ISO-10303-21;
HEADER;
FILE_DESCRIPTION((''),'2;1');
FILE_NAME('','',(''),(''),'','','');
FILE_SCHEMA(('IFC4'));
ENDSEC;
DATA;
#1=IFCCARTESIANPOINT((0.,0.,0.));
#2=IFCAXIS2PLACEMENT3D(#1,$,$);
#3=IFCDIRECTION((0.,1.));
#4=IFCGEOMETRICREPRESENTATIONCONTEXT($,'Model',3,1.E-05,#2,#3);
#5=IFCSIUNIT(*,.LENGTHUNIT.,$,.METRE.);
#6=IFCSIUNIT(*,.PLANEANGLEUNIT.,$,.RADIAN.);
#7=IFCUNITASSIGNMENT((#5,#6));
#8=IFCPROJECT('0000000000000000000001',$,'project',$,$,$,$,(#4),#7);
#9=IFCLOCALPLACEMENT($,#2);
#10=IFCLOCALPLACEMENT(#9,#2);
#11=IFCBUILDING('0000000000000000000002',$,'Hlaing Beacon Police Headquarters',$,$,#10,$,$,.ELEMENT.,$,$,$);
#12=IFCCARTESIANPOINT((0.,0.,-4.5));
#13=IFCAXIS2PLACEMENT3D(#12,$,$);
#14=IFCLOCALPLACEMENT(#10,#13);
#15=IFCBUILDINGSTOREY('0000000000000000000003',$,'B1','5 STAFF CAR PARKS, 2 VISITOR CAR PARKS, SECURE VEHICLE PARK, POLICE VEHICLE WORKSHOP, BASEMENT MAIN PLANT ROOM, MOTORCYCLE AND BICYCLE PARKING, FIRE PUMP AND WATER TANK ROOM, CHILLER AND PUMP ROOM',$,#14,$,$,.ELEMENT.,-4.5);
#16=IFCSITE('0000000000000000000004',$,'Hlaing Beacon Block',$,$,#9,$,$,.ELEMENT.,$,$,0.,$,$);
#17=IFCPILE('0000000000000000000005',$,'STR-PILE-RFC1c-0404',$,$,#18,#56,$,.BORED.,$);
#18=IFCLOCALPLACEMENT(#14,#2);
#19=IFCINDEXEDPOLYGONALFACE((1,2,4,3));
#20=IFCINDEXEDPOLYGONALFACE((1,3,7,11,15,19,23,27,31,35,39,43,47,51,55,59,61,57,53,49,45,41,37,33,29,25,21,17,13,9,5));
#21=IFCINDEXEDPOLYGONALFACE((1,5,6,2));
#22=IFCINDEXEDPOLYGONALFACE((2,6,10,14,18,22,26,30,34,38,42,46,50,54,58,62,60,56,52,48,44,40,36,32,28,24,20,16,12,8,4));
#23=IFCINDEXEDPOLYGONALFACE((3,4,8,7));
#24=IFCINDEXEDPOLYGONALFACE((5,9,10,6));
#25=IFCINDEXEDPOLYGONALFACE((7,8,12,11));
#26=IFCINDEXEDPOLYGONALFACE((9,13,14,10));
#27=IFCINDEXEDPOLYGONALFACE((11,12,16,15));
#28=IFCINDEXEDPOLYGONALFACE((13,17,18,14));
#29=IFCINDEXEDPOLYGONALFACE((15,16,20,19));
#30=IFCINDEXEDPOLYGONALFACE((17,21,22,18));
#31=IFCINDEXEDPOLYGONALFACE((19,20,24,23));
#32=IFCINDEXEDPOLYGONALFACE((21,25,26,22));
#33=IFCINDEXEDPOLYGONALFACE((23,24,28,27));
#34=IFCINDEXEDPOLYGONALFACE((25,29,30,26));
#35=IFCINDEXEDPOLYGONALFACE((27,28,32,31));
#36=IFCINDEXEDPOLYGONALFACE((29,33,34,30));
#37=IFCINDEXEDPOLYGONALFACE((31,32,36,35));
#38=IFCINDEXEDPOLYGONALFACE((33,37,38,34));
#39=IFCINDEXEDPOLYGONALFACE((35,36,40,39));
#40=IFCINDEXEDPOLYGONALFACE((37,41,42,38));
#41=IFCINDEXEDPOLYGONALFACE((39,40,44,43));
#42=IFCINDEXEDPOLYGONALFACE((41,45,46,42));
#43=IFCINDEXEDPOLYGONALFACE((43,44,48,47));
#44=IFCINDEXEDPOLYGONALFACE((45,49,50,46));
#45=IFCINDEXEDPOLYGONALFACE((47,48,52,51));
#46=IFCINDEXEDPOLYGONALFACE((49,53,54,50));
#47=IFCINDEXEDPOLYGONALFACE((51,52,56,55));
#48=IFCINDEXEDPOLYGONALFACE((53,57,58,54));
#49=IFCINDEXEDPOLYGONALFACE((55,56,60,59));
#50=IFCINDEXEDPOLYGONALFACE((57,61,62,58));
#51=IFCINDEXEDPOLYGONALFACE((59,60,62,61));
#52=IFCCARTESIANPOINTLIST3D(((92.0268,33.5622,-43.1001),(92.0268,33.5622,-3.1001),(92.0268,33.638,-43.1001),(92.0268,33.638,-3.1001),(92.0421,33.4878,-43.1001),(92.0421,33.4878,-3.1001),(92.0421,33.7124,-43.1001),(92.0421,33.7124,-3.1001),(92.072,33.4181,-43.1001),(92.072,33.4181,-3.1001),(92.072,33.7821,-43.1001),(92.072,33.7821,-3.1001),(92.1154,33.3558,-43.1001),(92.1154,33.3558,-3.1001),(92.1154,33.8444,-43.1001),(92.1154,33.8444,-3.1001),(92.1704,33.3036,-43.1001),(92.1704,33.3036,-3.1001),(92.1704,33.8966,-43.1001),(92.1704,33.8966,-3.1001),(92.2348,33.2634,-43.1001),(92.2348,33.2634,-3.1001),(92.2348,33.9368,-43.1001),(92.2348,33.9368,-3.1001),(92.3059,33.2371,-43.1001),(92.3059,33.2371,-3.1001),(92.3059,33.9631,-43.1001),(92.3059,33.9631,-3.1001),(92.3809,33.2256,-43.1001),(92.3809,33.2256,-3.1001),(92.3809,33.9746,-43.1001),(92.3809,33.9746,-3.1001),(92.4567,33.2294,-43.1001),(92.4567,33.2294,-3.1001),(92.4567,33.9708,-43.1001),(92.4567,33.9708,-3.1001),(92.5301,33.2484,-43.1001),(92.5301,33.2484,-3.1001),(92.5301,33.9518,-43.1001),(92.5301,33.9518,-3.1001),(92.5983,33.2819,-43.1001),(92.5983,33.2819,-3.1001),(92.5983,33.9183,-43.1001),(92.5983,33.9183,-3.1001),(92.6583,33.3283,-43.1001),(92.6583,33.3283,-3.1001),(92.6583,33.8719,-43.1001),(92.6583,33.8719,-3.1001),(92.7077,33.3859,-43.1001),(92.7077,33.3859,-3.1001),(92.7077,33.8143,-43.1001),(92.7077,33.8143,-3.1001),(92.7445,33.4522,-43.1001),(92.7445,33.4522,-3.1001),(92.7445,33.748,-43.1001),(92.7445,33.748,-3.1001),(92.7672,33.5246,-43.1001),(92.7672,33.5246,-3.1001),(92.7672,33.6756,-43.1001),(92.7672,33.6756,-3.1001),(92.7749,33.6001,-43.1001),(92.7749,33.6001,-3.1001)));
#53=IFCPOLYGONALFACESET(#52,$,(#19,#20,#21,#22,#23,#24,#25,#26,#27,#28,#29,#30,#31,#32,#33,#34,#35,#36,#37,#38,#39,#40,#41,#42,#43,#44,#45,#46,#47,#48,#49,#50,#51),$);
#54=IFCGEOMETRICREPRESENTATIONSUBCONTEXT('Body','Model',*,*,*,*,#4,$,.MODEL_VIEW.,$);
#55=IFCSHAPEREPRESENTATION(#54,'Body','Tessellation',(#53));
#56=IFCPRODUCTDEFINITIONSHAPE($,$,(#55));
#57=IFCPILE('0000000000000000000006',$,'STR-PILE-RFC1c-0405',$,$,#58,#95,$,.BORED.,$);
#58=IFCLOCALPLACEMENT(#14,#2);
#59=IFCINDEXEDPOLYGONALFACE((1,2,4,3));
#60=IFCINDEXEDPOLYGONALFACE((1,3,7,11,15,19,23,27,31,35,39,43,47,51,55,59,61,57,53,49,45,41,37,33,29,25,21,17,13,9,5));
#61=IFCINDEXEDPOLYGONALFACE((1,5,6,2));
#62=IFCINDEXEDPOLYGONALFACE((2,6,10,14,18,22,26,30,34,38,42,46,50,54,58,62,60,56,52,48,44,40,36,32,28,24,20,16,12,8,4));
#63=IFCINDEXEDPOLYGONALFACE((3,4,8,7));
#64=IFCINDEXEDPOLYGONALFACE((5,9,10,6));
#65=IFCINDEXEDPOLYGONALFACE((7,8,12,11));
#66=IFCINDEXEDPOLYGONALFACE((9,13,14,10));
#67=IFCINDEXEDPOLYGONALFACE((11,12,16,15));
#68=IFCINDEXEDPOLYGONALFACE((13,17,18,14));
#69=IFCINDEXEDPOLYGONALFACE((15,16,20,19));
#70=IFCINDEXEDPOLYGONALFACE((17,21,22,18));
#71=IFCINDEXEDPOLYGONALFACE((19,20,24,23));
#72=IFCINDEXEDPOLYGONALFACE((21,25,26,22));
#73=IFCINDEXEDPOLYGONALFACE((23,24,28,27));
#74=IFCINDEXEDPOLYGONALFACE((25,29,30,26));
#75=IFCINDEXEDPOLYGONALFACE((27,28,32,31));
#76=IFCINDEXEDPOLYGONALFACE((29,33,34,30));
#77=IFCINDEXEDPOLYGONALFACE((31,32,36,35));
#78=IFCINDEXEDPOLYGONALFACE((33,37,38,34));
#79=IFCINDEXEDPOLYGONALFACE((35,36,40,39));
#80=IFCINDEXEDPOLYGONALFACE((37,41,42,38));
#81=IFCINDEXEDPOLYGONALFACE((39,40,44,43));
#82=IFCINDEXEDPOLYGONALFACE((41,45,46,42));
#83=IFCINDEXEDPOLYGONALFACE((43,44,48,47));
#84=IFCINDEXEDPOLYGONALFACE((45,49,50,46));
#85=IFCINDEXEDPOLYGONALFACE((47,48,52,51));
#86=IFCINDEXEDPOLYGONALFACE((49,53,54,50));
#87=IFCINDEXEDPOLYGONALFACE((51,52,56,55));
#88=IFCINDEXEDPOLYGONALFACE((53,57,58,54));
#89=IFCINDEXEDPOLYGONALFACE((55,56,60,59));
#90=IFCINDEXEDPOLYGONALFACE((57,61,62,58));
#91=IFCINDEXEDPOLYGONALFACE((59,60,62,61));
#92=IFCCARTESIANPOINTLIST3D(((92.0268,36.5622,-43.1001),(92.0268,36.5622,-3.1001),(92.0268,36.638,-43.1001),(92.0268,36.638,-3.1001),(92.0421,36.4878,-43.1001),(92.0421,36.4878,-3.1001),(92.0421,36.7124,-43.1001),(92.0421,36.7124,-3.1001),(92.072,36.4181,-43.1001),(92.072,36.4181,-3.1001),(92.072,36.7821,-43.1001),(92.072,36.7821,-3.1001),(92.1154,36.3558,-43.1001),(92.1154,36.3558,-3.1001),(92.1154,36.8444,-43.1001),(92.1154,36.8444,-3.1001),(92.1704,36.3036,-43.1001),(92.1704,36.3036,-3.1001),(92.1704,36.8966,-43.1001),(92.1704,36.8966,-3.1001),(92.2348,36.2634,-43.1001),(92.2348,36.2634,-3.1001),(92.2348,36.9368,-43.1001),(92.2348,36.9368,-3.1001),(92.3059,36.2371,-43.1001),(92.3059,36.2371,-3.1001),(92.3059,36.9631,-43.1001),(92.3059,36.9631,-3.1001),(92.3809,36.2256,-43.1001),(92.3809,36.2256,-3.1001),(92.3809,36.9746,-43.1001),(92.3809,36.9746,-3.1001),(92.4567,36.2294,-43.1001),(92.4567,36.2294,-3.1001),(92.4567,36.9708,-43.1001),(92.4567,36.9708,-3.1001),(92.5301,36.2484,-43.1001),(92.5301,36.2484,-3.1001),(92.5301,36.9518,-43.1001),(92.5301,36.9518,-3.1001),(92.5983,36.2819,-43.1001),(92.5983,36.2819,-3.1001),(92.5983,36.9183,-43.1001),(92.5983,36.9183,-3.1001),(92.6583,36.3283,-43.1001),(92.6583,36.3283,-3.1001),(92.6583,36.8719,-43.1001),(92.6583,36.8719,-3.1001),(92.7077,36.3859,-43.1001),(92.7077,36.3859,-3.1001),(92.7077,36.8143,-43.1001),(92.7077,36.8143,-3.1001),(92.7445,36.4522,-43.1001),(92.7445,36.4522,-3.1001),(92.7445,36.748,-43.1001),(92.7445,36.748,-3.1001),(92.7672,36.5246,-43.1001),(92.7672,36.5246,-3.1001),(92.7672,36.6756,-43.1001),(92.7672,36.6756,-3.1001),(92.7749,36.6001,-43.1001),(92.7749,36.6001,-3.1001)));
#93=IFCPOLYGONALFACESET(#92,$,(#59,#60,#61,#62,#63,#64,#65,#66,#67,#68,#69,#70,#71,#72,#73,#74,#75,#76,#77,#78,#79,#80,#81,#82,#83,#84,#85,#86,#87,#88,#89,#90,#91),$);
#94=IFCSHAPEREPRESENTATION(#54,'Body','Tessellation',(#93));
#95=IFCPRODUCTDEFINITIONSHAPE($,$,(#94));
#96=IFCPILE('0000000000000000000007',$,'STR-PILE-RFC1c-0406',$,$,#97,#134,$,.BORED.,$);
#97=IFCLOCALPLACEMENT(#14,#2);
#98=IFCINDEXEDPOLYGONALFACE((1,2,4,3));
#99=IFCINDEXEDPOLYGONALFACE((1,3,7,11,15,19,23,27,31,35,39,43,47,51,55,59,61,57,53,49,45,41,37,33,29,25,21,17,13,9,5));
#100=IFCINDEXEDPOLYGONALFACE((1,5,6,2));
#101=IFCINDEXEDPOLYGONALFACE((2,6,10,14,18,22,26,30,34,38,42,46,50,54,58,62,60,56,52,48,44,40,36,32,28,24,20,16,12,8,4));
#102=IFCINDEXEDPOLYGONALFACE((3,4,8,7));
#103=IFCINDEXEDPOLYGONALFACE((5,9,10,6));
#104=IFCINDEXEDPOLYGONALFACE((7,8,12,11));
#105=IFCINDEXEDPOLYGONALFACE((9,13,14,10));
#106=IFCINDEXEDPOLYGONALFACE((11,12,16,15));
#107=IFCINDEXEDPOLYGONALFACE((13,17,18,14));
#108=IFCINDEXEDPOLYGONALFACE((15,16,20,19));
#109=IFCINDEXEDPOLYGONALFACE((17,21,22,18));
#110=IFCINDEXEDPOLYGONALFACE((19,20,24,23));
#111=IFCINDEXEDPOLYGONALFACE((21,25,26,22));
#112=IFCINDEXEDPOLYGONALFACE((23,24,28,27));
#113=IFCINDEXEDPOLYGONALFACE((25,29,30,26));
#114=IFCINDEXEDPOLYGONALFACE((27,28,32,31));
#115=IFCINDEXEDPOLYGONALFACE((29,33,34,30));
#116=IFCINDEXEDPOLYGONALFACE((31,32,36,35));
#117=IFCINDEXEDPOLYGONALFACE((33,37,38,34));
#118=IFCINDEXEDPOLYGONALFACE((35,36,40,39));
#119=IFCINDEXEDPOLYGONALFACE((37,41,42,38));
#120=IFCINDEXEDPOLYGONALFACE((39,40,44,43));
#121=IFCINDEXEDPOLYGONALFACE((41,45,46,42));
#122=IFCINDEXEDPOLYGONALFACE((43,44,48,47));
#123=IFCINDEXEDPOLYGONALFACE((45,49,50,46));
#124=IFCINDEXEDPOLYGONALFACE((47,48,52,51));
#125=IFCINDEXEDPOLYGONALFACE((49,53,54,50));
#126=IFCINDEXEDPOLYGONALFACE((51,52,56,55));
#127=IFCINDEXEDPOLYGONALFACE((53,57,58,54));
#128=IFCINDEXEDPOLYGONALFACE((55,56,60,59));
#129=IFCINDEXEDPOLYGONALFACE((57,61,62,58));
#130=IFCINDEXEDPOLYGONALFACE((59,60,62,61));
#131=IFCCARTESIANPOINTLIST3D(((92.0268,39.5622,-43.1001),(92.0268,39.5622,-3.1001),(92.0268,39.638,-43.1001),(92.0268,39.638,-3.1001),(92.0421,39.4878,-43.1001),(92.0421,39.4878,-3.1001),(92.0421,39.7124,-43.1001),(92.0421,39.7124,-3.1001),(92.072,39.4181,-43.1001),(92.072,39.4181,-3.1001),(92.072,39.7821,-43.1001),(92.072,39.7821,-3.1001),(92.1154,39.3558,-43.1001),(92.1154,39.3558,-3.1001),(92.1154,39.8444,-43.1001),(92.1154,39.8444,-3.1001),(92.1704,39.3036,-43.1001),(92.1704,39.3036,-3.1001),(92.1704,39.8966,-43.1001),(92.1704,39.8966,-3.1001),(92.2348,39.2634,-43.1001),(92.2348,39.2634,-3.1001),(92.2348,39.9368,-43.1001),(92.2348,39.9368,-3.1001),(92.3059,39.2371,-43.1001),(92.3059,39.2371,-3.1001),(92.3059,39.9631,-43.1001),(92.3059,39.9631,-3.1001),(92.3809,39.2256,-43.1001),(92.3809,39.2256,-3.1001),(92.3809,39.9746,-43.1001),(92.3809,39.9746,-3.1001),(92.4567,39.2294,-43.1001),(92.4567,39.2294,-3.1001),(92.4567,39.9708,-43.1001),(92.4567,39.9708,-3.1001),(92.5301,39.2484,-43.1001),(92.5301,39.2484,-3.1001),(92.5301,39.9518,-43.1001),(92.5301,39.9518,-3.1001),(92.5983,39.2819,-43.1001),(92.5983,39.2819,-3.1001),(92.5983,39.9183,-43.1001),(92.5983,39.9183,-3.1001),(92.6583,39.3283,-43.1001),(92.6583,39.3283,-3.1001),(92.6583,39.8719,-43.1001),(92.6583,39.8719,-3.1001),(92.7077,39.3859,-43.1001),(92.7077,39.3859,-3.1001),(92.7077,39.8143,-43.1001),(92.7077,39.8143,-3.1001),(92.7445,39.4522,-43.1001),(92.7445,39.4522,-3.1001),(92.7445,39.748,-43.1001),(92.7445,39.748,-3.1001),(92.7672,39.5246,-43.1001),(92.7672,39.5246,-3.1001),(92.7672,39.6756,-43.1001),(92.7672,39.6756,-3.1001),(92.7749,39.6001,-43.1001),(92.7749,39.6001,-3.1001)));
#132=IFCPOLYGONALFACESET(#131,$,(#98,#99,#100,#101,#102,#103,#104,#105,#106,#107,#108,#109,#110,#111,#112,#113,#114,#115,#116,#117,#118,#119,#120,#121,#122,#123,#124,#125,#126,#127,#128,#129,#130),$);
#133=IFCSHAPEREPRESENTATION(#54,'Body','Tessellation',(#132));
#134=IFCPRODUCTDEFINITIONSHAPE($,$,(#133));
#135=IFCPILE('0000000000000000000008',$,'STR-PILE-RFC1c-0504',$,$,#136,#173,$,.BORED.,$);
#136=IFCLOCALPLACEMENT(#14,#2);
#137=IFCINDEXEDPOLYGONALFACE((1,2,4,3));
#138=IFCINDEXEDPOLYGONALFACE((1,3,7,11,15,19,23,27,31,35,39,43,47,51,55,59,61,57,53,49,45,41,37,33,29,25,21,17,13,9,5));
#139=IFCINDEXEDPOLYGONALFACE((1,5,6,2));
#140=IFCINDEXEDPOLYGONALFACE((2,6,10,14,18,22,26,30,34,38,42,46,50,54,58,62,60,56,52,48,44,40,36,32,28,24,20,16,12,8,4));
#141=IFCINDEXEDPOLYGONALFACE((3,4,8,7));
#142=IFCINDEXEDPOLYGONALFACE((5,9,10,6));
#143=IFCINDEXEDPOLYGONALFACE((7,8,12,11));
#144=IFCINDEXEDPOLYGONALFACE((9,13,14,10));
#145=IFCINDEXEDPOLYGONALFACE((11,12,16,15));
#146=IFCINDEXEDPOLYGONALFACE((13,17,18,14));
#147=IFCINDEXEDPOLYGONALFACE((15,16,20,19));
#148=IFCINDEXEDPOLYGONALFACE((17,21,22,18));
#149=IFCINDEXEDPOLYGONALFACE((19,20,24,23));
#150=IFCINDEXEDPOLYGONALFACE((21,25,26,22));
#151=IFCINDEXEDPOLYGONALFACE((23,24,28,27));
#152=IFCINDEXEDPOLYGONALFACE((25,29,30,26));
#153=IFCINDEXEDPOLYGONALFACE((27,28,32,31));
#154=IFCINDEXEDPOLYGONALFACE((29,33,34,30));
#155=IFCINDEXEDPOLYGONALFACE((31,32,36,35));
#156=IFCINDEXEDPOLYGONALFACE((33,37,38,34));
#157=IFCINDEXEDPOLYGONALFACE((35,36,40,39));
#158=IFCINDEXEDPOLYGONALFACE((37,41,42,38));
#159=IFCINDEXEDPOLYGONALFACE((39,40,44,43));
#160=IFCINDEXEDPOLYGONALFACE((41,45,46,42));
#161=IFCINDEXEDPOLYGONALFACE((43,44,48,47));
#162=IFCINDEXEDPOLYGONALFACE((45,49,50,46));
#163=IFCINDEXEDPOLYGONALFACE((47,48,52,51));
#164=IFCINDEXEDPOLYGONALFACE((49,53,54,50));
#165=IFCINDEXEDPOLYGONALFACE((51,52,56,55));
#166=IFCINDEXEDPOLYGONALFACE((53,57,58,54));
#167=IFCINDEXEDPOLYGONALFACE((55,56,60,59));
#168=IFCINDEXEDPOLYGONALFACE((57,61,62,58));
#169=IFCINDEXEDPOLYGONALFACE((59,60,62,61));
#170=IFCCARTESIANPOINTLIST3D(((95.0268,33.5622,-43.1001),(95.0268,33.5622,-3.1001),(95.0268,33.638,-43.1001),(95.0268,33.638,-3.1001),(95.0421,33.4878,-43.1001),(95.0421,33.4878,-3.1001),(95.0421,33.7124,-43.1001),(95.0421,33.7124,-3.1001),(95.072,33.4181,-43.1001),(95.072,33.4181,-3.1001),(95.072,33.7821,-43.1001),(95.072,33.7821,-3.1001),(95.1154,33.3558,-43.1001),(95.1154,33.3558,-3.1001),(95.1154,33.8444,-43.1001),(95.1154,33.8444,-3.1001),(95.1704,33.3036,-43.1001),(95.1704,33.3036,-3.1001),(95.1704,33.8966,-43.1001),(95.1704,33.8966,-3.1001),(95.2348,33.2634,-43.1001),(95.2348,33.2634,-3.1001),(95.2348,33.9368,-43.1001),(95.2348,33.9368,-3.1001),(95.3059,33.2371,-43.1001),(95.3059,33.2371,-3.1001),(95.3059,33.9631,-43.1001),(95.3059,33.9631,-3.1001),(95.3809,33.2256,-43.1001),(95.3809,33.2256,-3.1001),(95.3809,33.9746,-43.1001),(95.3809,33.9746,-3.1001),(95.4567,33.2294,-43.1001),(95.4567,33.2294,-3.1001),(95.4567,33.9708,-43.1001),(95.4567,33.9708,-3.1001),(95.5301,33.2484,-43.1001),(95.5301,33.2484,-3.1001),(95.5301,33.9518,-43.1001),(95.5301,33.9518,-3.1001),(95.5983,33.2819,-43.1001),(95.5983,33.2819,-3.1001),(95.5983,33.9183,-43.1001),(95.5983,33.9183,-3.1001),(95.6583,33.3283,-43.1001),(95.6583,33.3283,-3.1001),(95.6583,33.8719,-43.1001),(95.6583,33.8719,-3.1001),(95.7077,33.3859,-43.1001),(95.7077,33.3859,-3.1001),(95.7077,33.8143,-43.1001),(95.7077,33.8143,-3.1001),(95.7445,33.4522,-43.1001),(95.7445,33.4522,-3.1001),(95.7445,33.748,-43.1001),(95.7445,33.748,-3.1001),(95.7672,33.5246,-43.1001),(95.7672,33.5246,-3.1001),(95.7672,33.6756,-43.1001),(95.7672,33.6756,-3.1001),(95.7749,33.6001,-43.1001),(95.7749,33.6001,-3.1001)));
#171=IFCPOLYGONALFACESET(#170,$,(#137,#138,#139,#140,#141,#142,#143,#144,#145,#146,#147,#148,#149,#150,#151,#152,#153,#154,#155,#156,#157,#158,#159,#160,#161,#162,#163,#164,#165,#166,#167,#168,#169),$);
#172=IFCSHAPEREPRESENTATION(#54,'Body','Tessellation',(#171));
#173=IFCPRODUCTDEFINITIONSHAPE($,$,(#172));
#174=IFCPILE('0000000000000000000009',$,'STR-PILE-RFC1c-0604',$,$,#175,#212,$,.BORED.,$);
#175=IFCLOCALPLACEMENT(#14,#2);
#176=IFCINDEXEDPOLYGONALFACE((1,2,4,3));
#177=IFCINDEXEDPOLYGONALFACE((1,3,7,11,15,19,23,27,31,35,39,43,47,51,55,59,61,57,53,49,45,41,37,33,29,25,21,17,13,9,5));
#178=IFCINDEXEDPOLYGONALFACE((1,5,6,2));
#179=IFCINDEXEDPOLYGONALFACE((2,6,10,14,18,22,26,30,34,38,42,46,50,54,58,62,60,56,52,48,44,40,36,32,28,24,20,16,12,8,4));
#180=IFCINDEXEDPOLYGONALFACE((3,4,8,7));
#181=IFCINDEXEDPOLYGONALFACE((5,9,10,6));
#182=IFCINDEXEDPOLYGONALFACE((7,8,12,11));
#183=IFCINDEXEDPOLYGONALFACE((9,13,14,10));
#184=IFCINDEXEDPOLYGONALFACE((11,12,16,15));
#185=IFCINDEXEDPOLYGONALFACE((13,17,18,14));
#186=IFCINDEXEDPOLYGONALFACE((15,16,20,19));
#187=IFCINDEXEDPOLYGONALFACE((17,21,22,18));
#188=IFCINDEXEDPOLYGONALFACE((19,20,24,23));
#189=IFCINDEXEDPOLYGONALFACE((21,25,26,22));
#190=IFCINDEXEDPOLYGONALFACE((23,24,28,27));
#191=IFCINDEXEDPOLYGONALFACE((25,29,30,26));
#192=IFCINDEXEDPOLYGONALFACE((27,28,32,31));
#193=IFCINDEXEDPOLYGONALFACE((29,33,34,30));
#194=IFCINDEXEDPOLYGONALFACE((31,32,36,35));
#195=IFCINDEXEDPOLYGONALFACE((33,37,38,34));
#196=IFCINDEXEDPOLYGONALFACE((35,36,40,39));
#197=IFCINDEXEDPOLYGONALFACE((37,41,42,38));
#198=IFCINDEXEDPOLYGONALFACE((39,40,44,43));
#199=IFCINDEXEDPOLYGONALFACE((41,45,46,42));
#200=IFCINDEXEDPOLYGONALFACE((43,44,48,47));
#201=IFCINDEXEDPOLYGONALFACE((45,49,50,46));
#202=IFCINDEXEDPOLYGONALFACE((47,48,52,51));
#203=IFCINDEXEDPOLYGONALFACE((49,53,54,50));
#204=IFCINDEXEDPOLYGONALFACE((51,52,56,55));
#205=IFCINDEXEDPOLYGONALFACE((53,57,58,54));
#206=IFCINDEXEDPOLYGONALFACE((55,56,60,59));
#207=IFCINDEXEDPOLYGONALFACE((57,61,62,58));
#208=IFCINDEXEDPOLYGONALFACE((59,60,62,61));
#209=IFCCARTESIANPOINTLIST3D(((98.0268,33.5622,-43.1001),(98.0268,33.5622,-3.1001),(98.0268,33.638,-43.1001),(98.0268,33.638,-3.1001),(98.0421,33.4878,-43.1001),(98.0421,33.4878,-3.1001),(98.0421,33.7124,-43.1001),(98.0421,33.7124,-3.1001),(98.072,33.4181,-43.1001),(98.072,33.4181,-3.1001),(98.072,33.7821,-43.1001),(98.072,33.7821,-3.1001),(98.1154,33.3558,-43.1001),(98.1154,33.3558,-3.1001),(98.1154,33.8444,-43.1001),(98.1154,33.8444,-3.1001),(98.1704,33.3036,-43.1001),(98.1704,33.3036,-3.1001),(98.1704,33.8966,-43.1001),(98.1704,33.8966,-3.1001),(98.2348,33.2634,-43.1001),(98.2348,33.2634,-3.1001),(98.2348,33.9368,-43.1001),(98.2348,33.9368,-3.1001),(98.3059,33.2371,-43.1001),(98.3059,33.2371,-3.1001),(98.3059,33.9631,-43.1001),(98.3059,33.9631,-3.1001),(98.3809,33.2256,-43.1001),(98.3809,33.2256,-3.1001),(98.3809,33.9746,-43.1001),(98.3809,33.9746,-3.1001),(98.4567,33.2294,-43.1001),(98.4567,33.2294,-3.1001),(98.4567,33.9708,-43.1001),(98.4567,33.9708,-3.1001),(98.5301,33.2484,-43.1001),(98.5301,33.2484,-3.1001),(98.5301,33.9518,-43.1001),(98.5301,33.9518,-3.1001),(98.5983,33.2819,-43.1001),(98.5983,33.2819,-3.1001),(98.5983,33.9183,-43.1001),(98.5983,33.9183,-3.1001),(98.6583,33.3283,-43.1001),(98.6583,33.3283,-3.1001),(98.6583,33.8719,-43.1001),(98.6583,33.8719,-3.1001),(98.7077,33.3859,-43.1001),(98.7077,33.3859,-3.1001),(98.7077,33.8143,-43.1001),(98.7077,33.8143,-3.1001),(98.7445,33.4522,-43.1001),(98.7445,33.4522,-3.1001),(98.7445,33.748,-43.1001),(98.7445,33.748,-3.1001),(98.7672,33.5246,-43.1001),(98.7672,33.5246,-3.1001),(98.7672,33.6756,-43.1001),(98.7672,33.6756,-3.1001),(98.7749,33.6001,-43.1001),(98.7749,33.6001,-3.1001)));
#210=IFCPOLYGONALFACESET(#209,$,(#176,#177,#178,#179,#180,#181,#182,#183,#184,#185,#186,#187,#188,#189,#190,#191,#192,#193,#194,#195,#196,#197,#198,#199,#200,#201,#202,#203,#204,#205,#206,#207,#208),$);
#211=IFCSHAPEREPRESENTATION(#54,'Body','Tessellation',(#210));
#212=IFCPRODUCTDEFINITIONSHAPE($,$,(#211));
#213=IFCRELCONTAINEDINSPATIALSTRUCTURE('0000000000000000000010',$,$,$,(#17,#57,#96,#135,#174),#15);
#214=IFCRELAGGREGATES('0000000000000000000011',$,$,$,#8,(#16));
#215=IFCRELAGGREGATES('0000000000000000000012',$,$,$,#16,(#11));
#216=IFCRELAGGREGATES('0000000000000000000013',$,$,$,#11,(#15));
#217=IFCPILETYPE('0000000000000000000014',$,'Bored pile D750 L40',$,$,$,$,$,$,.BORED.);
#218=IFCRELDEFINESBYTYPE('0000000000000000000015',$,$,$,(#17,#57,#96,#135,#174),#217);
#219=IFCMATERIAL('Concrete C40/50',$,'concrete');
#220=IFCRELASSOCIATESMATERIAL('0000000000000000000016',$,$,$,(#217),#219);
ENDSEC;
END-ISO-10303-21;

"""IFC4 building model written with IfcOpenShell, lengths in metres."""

from ifc_helpers import new_model, si_unit, direction, frame, origin, origin_2d, place, context, subcontext, project, spatial, circle, extrude, material, material_profile, profile_set, type_object, element, save


model = new_model("IFC4")

# Units and contexts
model_context = context("Model", 3, precision=1e-05, world=origin(), true_north=direction((0.0, 1.0)))
body_context = subcontext(model_context, "Body", "Model", "MODEL_VIEW")
ifc_project = project(units=[si_unit("LENGTHUNIT", "METRE"), si_unit("PLANEANGLEUNIT", "RADIAN")], contexts=[model_context])

# Site, building, storey
site_placement = place(None, origin())
site = spatial("IfcSite", under=ifc_project, at=site_placement, Name="Hlaing Beacon Block", CompositionType="ELEMENT", RefElevation=0.0)
building_placement = place(site_placement, origin())
building = spatial("IfcBuilding", under=site, at=building_placement, Name="Hlaing Beacon Police Headquarters", CompositionType="ELEMENT")
storey_placement = place(building_placement, frame((0.0, 0.0, -4.5)))
storey = spatial("IfcBuildingStorey", under=building, at=storey_placement, Name="B1", Description="5 STAFF CAR PARKS, 2 VISITOR CAR PARKS, SECURE VEHICLE PARK, POLICE VEHICLE WORKSHOP, BASEMENT MAIN PLANT ROOM, MOTORCYCLE AND BICYCLE PARKING, FIRE PUMP AND WATER TANK ROOM, CHILLER AND PUMP ROOM", CompositionType="ELEMENT", Elevation=-4.5)

# Piles
ifc_material_1 = material(Name="Concrete C40/50", Category="concrete")
ifc_material_profile_1 = material_profile(ifc_material_1, circle(Radius=0.375, at=origin_2d()), Name="D750")
ifc_profile_set_1 = profile_set([ifc_material_profile_1], Name="Concrete C40/50")
pile_type_1 = type_object("IfcPileType", Name="Bored pile D750 L40", PredefinedType="BORED", material=ifc_profile_set_1)
for number, where, z_axis, x_axis, name in (
    (1, (92.3999, 33.6001, -3.1001), (0.0, 0.0, -1.0), (1.0, 0.0, 0.0), "STR-PILE-RFC1c-0404"),
    (2, (92.3999, 36.6001, -3.1001), (0.0, 0.0, -1.0), (1.0, 0.0, 0.0), "STR-PILE-RFC1c-0405"),
    (3, (92.3999, 39.6001, -3.1001), (0.0, 0.0, -1.0), (1.0, 0.0, 0.0), "STR-PILE-RFC1c-0406"),
    (4, (95.3999, 33.6001, -3.1001), (0.0, 0.0, -1.0), (1.0, 0.0, 0.0), "STR-PILE-RFC1c-0504"),
    (5, (98.3999, 33.6001, -3.1001), (0.0, 0.0, -1.0), (1.0, 0.0, 0.0), "STR-PILE-RFC1c-0604"),
):
    element("IfcPile", number, at=place(storey_placement, frame(where, z_axis=z_axis, x_axis=x_axis)), inside=storey, type_object=pile_type_1, Name=name, PredefinedType="BORED", context=body_context, shape_type="SweptSolid", body=[
        extrude(circle(Radius=0.375, at=origin_2d()), origin(), (0.0, 0.0, 1.0), 40.0),
    ])

save(model, "model.ifc")
